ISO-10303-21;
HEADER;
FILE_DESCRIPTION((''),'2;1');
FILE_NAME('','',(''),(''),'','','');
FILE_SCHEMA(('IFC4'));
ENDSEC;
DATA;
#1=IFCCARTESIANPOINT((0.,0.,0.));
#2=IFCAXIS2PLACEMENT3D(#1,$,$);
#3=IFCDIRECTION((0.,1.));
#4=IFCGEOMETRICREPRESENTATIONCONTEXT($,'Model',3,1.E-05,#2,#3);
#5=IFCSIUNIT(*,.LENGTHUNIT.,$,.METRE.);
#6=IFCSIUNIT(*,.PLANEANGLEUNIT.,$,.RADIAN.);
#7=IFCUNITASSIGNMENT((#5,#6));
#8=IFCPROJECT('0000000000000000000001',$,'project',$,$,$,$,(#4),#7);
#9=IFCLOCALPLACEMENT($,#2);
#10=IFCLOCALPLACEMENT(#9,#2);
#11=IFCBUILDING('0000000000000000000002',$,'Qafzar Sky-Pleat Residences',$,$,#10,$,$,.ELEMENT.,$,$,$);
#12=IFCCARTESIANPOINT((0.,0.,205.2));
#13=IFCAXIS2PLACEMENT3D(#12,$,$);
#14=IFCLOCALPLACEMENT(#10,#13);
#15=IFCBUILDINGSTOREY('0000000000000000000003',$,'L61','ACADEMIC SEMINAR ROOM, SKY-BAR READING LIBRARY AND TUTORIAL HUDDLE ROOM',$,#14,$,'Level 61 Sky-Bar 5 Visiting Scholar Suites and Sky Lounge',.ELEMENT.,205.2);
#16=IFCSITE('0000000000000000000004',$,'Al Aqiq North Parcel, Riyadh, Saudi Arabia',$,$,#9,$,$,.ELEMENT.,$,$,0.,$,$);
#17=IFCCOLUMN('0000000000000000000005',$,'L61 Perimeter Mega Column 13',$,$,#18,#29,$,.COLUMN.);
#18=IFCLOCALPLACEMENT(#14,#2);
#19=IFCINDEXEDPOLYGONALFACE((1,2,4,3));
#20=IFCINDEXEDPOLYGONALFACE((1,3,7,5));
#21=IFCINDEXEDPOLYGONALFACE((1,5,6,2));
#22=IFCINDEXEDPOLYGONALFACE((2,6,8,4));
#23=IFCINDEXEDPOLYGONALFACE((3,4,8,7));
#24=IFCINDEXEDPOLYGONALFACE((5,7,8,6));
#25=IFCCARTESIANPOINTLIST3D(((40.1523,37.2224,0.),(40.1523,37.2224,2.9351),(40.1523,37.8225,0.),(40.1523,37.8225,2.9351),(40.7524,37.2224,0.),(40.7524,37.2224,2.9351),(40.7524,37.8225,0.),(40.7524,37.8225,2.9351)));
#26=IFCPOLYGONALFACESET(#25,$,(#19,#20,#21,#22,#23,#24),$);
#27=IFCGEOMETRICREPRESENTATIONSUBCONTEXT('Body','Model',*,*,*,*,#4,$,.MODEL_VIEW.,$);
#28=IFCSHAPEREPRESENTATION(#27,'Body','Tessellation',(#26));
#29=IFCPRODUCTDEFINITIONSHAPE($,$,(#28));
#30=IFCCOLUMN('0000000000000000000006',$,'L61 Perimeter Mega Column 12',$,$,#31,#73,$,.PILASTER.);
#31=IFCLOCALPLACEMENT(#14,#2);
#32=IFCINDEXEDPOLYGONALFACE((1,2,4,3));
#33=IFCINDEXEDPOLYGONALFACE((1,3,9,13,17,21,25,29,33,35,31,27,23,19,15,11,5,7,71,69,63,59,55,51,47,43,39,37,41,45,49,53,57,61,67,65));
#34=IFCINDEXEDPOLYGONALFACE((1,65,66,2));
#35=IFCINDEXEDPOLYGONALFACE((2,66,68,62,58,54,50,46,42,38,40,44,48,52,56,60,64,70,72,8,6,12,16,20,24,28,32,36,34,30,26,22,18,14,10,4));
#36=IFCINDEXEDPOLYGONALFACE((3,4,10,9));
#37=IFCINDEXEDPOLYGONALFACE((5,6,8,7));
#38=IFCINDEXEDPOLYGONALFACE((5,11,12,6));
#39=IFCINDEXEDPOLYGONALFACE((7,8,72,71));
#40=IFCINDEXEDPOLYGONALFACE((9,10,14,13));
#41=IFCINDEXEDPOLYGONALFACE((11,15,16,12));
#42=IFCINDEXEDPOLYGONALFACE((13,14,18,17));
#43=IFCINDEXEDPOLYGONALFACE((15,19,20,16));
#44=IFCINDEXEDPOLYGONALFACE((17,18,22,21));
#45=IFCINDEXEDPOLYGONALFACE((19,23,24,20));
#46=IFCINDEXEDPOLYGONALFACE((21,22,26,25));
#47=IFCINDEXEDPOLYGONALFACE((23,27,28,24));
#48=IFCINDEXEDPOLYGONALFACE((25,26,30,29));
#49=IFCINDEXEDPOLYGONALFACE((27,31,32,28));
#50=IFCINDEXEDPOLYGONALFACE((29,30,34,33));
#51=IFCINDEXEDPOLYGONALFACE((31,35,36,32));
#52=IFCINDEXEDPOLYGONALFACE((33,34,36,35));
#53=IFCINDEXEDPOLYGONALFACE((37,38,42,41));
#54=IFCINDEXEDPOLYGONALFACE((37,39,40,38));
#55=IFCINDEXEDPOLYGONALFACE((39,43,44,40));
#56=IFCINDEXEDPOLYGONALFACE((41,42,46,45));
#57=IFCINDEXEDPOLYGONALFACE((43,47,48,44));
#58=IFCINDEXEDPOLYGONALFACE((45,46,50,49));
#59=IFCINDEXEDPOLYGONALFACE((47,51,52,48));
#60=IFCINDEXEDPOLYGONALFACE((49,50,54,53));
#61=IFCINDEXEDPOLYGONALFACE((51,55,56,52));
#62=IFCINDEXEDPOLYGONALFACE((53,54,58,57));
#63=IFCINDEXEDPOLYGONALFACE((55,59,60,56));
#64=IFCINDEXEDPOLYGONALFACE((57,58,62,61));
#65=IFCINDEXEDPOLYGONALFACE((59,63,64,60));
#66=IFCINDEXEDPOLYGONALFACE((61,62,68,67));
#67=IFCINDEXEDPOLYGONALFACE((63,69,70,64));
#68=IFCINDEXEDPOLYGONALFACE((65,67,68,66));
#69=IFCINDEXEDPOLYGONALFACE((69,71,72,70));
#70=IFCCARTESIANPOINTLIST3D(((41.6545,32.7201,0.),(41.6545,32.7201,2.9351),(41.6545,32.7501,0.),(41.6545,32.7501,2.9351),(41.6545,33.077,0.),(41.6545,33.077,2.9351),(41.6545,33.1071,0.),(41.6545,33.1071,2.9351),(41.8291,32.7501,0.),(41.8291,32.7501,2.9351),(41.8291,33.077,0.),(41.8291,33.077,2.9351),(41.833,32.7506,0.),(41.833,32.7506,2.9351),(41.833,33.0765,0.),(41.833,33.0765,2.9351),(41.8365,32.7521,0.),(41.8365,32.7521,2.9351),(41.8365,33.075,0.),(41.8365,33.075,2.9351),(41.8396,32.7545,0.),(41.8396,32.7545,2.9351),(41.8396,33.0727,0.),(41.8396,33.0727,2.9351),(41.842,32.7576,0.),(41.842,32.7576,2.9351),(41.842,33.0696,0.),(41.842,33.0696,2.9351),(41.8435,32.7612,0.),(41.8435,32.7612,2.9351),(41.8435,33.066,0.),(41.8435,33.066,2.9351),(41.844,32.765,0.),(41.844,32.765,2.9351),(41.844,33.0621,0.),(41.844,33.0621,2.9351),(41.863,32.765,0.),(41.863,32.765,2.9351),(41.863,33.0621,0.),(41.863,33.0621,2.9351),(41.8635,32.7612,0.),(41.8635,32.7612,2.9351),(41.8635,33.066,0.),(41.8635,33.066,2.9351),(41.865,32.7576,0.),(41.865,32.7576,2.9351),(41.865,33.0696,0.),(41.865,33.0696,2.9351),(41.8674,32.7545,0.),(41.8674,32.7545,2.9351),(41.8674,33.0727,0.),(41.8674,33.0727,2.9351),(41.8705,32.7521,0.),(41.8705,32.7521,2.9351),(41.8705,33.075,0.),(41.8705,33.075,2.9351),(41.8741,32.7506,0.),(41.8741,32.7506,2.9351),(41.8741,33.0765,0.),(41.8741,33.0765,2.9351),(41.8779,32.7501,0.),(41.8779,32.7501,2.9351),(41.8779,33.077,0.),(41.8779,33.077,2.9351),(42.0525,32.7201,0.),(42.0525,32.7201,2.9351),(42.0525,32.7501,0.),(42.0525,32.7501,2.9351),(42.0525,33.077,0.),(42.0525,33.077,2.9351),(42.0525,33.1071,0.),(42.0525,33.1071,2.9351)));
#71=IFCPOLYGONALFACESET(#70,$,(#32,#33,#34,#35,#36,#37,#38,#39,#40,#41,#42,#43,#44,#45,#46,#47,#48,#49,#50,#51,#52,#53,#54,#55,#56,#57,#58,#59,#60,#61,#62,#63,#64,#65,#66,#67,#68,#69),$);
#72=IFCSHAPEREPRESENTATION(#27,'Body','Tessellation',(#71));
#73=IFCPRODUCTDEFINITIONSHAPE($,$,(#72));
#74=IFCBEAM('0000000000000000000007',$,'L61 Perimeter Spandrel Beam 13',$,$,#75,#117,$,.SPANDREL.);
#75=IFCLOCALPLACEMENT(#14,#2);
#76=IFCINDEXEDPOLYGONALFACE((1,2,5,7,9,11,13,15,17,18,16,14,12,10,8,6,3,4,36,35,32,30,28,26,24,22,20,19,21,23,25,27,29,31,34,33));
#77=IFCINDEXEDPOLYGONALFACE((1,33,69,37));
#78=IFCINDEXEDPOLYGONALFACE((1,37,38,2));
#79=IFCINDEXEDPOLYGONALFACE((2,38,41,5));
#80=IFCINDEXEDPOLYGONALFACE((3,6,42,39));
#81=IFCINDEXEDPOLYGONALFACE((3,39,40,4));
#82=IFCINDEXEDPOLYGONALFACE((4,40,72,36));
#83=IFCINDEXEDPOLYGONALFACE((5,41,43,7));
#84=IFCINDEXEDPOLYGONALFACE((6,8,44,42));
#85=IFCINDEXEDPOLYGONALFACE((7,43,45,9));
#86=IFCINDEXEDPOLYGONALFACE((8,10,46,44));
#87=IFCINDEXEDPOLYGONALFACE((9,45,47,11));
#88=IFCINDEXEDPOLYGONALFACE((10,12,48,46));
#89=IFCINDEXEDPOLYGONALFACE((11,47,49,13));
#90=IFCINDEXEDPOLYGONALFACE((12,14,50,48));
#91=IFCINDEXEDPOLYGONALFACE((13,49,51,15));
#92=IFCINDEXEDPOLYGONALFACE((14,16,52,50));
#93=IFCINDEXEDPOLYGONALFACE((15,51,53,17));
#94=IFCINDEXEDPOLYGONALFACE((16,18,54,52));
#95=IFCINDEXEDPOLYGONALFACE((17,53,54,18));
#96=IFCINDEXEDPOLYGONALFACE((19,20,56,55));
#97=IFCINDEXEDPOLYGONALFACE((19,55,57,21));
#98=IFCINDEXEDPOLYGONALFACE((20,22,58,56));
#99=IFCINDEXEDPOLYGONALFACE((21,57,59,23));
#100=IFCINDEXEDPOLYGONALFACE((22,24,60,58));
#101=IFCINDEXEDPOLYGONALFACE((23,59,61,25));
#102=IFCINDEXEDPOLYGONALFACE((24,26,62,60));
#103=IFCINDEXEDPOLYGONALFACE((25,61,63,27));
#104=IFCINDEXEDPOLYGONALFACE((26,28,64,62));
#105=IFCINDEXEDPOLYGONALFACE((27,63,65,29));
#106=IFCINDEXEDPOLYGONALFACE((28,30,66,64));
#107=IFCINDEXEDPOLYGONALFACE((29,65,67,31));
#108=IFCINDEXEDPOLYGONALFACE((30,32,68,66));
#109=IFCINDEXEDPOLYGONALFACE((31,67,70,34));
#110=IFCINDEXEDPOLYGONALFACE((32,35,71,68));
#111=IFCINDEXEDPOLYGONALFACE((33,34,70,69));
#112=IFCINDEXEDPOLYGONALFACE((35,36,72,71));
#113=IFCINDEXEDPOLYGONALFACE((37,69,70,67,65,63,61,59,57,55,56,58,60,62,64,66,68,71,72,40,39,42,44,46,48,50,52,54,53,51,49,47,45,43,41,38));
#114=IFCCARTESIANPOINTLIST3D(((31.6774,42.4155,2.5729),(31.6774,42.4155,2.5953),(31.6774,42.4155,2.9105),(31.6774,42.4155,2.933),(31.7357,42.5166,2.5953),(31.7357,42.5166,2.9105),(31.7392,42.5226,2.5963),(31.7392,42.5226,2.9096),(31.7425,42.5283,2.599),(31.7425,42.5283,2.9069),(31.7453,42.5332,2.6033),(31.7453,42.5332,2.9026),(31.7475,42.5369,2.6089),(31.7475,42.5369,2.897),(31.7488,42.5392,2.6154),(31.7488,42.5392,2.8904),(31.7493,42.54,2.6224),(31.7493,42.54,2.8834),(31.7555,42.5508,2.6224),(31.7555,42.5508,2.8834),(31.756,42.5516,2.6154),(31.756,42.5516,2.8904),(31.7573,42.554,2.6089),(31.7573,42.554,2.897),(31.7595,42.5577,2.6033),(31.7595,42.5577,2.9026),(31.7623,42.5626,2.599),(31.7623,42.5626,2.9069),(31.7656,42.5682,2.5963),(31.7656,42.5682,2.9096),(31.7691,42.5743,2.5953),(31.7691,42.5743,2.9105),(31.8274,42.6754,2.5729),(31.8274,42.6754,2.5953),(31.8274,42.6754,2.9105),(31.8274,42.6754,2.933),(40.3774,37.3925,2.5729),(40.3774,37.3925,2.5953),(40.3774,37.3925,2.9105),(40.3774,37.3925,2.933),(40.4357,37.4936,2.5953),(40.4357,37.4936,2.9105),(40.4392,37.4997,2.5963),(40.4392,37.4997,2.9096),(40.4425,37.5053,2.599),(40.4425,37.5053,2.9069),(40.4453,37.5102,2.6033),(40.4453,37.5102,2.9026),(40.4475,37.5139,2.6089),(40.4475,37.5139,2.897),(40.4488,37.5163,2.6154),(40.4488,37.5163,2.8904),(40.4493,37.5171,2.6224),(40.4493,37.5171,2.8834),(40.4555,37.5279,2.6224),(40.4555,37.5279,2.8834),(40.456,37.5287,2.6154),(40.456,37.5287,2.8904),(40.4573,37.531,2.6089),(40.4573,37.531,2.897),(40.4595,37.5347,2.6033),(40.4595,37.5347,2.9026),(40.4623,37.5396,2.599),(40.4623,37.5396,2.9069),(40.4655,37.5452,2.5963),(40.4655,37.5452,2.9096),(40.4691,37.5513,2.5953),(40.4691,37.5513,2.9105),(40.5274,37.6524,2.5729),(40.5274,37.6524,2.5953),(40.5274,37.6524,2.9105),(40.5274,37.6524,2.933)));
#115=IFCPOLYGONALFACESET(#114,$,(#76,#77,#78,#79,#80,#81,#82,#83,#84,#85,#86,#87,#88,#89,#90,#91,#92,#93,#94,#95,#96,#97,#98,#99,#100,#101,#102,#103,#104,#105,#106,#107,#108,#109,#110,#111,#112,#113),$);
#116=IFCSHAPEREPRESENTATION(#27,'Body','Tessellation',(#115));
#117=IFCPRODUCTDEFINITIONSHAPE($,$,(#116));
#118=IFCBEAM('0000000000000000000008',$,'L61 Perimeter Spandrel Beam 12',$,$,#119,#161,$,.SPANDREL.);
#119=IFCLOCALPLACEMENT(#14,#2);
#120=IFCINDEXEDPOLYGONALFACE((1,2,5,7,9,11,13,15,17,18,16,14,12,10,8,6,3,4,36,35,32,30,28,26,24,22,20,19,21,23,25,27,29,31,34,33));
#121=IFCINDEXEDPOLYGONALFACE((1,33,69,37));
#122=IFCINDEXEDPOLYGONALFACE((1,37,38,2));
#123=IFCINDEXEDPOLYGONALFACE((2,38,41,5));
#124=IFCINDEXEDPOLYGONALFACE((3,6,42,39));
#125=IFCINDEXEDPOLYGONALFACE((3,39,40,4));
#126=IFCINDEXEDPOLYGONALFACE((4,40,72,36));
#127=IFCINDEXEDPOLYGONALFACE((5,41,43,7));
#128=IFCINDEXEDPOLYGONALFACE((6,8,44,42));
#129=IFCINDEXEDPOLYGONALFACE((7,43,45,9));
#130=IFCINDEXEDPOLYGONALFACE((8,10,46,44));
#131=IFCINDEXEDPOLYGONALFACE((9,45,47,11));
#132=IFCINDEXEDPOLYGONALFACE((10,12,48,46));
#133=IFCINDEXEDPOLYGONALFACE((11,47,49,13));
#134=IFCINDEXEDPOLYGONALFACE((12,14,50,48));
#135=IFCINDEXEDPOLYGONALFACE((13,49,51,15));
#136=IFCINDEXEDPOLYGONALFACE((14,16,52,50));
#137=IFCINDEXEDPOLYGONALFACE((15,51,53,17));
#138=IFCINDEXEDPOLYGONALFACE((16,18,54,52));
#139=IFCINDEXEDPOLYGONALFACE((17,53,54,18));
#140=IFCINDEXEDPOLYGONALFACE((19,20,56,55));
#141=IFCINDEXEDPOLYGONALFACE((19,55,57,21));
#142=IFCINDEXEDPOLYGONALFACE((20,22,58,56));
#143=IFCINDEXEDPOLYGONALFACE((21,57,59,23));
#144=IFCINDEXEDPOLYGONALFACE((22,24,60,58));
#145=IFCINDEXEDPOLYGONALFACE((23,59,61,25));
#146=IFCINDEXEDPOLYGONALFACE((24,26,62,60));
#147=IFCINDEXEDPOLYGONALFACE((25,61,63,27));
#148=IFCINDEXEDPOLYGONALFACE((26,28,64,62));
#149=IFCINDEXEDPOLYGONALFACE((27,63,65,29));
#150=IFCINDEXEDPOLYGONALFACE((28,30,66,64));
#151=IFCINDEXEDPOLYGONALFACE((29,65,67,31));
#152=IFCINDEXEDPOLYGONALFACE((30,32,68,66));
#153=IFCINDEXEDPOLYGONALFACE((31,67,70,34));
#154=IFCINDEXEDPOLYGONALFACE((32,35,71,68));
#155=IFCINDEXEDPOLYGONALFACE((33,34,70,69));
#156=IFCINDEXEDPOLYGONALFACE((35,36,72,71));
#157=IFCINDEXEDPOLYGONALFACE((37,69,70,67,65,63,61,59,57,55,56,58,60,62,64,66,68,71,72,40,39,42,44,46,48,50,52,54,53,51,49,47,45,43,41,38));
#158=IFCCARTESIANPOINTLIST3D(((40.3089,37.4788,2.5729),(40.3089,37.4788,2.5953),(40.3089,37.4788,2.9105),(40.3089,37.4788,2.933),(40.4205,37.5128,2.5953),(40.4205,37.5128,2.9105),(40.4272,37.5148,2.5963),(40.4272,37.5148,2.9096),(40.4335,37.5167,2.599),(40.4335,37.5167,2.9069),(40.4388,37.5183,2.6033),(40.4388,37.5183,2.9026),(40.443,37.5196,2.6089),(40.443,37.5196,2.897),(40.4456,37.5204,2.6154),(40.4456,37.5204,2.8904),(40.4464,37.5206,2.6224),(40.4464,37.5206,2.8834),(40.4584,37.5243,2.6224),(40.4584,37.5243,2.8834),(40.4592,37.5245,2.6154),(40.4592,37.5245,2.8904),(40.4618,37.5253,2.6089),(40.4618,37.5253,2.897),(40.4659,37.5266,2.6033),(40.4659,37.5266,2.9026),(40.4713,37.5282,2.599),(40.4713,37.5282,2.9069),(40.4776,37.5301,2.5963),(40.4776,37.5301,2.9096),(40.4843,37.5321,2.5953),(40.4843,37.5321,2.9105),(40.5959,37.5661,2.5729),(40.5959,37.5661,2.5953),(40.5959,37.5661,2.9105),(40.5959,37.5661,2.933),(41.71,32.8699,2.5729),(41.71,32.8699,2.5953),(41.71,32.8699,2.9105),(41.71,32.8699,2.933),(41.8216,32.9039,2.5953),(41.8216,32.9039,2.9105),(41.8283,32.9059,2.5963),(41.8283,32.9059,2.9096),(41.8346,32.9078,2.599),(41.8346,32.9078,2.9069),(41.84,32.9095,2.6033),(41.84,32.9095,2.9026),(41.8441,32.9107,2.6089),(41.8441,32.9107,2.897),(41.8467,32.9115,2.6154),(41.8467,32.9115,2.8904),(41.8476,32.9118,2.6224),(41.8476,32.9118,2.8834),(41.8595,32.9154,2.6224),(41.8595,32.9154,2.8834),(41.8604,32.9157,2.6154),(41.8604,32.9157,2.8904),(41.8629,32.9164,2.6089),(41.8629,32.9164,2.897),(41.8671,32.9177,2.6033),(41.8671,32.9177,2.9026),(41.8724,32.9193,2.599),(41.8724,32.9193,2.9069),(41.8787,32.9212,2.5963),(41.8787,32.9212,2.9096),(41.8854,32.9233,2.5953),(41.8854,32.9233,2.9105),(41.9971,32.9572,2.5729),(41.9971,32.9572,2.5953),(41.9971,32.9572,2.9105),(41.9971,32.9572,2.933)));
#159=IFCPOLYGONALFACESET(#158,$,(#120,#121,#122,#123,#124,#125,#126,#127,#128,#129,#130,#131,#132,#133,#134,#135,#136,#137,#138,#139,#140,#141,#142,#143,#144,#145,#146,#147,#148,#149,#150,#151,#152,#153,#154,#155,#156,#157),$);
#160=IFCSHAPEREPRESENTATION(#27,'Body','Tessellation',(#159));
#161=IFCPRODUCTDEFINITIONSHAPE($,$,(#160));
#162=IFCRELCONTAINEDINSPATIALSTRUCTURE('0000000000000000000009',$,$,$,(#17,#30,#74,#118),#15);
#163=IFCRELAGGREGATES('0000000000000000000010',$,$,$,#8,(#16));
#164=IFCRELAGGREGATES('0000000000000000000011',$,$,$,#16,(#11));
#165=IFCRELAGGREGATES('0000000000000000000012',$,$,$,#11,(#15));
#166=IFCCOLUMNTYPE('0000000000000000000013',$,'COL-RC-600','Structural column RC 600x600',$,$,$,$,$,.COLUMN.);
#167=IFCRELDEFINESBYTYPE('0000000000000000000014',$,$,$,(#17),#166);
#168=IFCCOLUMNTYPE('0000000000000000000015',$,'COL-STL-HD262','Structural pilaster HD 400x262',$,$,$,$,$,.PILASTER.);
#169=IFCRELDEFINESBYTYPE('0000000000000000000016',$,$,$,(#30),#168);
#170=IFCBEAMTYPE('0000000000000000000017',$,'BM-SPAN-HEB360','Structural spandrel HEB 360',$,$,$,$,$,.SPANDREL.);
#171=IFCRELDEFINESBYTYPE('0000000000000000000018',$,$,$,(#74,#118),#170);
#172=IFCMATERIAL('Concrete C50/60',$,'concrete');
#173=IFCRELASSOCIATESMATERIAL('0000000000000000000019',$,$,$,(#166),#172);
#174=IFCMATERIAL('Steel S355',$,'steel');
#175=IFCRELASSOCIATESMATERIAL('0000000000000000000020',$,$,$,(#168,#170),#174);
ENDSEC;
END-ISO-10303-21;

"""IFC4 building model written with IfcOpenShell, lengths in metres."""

from ifc_helpers import new_model, si_unit, direction, frame, origin, origin_2d, place, context, subcontext, project, spatial, rectangle, i_section, extrude, source, transform, mapped, material, material_profile, profile_set, type_object, element, save


model = new_model("IFC4")

# Units and contexts
model_context = context("Model", 3, precision=1e-05, world=origin(), true_north=direction((0.0, 1.0)))
body_context = subcontext(model_context, "Body", "Model", "MODEL_VIEW")
ifc_project = project(units=[si_unit("LENGTHUNIT", "METRE"), si_unit("PLANEANGLEUNIT", "RADIAN")], contexts=[model_context])

# Site, building, storey
site_placement = place(None, origin())
site = spatial("IfcSite", under=ifc_project, at=site_placement, Name="Al Aqiq North Parcel, Riyadh, Saudi Arabia", CompositionType="ELEMENT", RefElevation=0.0)
building_placement = place(site_placement, origin())
building = spatial("IfcBuilding", under=site, at=building_placement, Name="Qafzar Sky-Pleat Residences", CompositionType="ELEMENT")
storey_placement = place(building_placement, frame((0.0, 0.0, 205.2)))
storey = spatial("IfcBuildingStorey", under=building, at=storey_placement, Name="L61", Description="ACADEMIC SEMINAR ROOM, SKY-BAR READING LIBRARY AND TUTORIAL HUDDLE ROOM", LongName="Level 61 Sky-Bar 5 Visiting Scholar Suites and Sky Lounge", CompositionType="ELEMENT", Elevation=205.2)

# Columns
ifc_material_1 = material(Name="Concrete C50/60", Category="concrete")
ifc_material_profile_1 = material_profile(ifc_material_1, rectangle(XDim=0.6001, YDim=0.6001, at=origin_2d()), Name="RC 600x600")
ifc_profile_set_1 = profile_set([ifc_material_profile_1], Name="Concrete C50/60")
column_type_1 = type_object("IfcColumnType", Name="COL-RC-600", Description="Structural column RC 600x600", PredefinedType="COLUMN", material=ifc_profile_set_1)
shared_shape_1 = source(origin(), body_context, "Body", "SweptSolid", [
    extrude(rectangle(XDim=0.6001, YDim=0.6001, at=origin_2d()), origin(), (0.0, 0.0, 1.0), 2.9351),
])
column_1_placement = place(storey_placement, frame((40.4524, 37.5225, 0.0), z_axis=(0.0, 0.0, 1.0), x_axis=(1.0, 0.0, 0.0)))
element("IfcColumn", 1, at=column_1_placement, inside=storey, type_object=column_type_1, Name="L61 Perimeter Mega Column 13", PredefinedType="COLUMN", context=body_context, shape_type="MappedRepresentation", body=[
    mapped(shared_shape_1, transform((0.0, 0.0, 0.0), x_axis=(1.0, 0.0, 0.0), y_axis=(0.0, 1.0, 0.0), z_axis=(0.0, 0.0, 1.0), scale=1.0)),
])
ifc_material_2 = material(Name="Steel S355", Category="steel")
ifc_material_profile_2 = material_profile(ifc_material_2, i_section(OverallWidth=0.3979, OverallDepth=0.387, WebThickness=0.019, FlangeThickness=0.03, FilletRadius=0.0149, at=origin_2d()), Name="HD 400x262")
ifc_profile_set_2 = profile_set([ifc_material_profile_2], Name="Steel S355")
column_type_2 = type_object("IfcColumnType", Name="COL-STL-HD262", Description="Structural pilaster HD 400x262", PredefinedType="PILASTER", material=ifc_profile_set_2)
shared_shape_2 = source(origin(), body_context, "Body", "SweptSolid", [
    extrude(i_section(OverallWidth=0.3979, OverallDepth=0.387, WebThickness=0.019, FlangeThickness=0.03, FilletRadius=0.0149, at=origin_2d()), origin(), (0.0, 0.0, 1.0), 2.9351),
])
column_2_placement = place(storey_placement, frame((41.8535, 32.9136, 0.0), z_axis=(0.0, 0.0, 1.0), x_axis=(1.0, 0.0, 0.0)))
element("IfcColumn", 2, at=column_2_placement, inside=storey, type_object=column_type_2, Name="L61 Perimeter Mega Column 12", PredefinedType="PILASTER", context=body_context, shape_type="MappedRepresentation", body=[
    mapped(shared_shape_2, transform((0.0, 0.0, 0.0), x_axis=(1.0, 0.0, 0.0), y_axis=(0.0, 1.0, 0.0), z_axis=(0.0, 0.0, 1.0), scale=1.0)),
])

# Beams
ifc_material_profile_3 = material_profile(ifc_material_2, i_section(OverallWidth=0.3, OverallDepth=0.3601, WebThickness=0.0125, FlangeThickness=0.0225, FilletRadius=0.0271, at=origin_2d()), Name="HEB 360")
ifc_profile_set_3 = profile_set([ifc_material_profile_3], Name="Steel S355")
beam_type_1 = type_object("IfcBeamType", Name="BM-SPAN-HEB360", Description="Structural spandrel HEB 360", PredefinedType="SPANDREL", material=ifc_profile_set_3)
shared_shape_3 = source(origin(), body_context, "Body", "SweptSolid", [
    extrude(i_section(OverallWidth=0.3, OverallDepth=0.3601, WebThickness=0.0125, FlangeThickness=0.0225, FilletRadius=0.0271, at=origin_2d()), origin(), (0.0, 0.0, 1.0), 10.0459),
])
beam_1_placement = place(storey_placement, frame((40.4524, 37.5225, 2.7529), z_axis=(-0.866024, 0.500002, 0.0), x_axis=(-0.500002, -0.866024, 0.0)))
element("IfcBeam", 3, at=beam_1_placement, inside=storey, type_object=beam_type_1, Name="L61 Perimeter Spandrel Beam 13", PredefinedType="SPANDREL", context=body_context, shape_type="MappedRepresentation", body=[
    mapped(shared_shape_3, transform((0.0, 0.0, 0.0), x_axis=(1.0, 0.0, 0.0), y_axis=(0.0, 1.0, 0.0), z_axis=(0.0, 0.0, 1.0), scale=1.0)),
])
shared_shape_4 = source(origin(), body_context, "Body", "SweptSolid", [
    extrude(i_section(OverallWidth=0.3, OverallDepth=0.3601, WebThickness=0.0125, FlangeThickness=0.0225, FilletRadius=0.0271, at=origin_2d()), origin(), (0.0, 0.0, 1.0), 4.8171),
])
beam_2_placement = place(storey_placement, frame((41.8535, 32.9136, 2.7529), z_axis=(-0.290861, 0.956765, 0.0), x_axis=(-0.956765, -0.290861, 0.0)))
element("IfcBeam", 4, at=beam_2_placement, inside=storey, type_object=beam_type_1, Name="L61 Perimeter Spandrel Beam 12", PredefinedType="SPANDREL", context=body_context, shape_type="MappedRepresentation", body=[
    mapped(shared_shape_4, transform((0.0, 0.0, 0.0), x_axis=(1.0, 0.0, 0.0), y_axis=(0.0, 1.0, 0.0), z_axis=(0.0, 0.0, 1.0), scale=1.0)),
])

save(model, "model.ifc")
